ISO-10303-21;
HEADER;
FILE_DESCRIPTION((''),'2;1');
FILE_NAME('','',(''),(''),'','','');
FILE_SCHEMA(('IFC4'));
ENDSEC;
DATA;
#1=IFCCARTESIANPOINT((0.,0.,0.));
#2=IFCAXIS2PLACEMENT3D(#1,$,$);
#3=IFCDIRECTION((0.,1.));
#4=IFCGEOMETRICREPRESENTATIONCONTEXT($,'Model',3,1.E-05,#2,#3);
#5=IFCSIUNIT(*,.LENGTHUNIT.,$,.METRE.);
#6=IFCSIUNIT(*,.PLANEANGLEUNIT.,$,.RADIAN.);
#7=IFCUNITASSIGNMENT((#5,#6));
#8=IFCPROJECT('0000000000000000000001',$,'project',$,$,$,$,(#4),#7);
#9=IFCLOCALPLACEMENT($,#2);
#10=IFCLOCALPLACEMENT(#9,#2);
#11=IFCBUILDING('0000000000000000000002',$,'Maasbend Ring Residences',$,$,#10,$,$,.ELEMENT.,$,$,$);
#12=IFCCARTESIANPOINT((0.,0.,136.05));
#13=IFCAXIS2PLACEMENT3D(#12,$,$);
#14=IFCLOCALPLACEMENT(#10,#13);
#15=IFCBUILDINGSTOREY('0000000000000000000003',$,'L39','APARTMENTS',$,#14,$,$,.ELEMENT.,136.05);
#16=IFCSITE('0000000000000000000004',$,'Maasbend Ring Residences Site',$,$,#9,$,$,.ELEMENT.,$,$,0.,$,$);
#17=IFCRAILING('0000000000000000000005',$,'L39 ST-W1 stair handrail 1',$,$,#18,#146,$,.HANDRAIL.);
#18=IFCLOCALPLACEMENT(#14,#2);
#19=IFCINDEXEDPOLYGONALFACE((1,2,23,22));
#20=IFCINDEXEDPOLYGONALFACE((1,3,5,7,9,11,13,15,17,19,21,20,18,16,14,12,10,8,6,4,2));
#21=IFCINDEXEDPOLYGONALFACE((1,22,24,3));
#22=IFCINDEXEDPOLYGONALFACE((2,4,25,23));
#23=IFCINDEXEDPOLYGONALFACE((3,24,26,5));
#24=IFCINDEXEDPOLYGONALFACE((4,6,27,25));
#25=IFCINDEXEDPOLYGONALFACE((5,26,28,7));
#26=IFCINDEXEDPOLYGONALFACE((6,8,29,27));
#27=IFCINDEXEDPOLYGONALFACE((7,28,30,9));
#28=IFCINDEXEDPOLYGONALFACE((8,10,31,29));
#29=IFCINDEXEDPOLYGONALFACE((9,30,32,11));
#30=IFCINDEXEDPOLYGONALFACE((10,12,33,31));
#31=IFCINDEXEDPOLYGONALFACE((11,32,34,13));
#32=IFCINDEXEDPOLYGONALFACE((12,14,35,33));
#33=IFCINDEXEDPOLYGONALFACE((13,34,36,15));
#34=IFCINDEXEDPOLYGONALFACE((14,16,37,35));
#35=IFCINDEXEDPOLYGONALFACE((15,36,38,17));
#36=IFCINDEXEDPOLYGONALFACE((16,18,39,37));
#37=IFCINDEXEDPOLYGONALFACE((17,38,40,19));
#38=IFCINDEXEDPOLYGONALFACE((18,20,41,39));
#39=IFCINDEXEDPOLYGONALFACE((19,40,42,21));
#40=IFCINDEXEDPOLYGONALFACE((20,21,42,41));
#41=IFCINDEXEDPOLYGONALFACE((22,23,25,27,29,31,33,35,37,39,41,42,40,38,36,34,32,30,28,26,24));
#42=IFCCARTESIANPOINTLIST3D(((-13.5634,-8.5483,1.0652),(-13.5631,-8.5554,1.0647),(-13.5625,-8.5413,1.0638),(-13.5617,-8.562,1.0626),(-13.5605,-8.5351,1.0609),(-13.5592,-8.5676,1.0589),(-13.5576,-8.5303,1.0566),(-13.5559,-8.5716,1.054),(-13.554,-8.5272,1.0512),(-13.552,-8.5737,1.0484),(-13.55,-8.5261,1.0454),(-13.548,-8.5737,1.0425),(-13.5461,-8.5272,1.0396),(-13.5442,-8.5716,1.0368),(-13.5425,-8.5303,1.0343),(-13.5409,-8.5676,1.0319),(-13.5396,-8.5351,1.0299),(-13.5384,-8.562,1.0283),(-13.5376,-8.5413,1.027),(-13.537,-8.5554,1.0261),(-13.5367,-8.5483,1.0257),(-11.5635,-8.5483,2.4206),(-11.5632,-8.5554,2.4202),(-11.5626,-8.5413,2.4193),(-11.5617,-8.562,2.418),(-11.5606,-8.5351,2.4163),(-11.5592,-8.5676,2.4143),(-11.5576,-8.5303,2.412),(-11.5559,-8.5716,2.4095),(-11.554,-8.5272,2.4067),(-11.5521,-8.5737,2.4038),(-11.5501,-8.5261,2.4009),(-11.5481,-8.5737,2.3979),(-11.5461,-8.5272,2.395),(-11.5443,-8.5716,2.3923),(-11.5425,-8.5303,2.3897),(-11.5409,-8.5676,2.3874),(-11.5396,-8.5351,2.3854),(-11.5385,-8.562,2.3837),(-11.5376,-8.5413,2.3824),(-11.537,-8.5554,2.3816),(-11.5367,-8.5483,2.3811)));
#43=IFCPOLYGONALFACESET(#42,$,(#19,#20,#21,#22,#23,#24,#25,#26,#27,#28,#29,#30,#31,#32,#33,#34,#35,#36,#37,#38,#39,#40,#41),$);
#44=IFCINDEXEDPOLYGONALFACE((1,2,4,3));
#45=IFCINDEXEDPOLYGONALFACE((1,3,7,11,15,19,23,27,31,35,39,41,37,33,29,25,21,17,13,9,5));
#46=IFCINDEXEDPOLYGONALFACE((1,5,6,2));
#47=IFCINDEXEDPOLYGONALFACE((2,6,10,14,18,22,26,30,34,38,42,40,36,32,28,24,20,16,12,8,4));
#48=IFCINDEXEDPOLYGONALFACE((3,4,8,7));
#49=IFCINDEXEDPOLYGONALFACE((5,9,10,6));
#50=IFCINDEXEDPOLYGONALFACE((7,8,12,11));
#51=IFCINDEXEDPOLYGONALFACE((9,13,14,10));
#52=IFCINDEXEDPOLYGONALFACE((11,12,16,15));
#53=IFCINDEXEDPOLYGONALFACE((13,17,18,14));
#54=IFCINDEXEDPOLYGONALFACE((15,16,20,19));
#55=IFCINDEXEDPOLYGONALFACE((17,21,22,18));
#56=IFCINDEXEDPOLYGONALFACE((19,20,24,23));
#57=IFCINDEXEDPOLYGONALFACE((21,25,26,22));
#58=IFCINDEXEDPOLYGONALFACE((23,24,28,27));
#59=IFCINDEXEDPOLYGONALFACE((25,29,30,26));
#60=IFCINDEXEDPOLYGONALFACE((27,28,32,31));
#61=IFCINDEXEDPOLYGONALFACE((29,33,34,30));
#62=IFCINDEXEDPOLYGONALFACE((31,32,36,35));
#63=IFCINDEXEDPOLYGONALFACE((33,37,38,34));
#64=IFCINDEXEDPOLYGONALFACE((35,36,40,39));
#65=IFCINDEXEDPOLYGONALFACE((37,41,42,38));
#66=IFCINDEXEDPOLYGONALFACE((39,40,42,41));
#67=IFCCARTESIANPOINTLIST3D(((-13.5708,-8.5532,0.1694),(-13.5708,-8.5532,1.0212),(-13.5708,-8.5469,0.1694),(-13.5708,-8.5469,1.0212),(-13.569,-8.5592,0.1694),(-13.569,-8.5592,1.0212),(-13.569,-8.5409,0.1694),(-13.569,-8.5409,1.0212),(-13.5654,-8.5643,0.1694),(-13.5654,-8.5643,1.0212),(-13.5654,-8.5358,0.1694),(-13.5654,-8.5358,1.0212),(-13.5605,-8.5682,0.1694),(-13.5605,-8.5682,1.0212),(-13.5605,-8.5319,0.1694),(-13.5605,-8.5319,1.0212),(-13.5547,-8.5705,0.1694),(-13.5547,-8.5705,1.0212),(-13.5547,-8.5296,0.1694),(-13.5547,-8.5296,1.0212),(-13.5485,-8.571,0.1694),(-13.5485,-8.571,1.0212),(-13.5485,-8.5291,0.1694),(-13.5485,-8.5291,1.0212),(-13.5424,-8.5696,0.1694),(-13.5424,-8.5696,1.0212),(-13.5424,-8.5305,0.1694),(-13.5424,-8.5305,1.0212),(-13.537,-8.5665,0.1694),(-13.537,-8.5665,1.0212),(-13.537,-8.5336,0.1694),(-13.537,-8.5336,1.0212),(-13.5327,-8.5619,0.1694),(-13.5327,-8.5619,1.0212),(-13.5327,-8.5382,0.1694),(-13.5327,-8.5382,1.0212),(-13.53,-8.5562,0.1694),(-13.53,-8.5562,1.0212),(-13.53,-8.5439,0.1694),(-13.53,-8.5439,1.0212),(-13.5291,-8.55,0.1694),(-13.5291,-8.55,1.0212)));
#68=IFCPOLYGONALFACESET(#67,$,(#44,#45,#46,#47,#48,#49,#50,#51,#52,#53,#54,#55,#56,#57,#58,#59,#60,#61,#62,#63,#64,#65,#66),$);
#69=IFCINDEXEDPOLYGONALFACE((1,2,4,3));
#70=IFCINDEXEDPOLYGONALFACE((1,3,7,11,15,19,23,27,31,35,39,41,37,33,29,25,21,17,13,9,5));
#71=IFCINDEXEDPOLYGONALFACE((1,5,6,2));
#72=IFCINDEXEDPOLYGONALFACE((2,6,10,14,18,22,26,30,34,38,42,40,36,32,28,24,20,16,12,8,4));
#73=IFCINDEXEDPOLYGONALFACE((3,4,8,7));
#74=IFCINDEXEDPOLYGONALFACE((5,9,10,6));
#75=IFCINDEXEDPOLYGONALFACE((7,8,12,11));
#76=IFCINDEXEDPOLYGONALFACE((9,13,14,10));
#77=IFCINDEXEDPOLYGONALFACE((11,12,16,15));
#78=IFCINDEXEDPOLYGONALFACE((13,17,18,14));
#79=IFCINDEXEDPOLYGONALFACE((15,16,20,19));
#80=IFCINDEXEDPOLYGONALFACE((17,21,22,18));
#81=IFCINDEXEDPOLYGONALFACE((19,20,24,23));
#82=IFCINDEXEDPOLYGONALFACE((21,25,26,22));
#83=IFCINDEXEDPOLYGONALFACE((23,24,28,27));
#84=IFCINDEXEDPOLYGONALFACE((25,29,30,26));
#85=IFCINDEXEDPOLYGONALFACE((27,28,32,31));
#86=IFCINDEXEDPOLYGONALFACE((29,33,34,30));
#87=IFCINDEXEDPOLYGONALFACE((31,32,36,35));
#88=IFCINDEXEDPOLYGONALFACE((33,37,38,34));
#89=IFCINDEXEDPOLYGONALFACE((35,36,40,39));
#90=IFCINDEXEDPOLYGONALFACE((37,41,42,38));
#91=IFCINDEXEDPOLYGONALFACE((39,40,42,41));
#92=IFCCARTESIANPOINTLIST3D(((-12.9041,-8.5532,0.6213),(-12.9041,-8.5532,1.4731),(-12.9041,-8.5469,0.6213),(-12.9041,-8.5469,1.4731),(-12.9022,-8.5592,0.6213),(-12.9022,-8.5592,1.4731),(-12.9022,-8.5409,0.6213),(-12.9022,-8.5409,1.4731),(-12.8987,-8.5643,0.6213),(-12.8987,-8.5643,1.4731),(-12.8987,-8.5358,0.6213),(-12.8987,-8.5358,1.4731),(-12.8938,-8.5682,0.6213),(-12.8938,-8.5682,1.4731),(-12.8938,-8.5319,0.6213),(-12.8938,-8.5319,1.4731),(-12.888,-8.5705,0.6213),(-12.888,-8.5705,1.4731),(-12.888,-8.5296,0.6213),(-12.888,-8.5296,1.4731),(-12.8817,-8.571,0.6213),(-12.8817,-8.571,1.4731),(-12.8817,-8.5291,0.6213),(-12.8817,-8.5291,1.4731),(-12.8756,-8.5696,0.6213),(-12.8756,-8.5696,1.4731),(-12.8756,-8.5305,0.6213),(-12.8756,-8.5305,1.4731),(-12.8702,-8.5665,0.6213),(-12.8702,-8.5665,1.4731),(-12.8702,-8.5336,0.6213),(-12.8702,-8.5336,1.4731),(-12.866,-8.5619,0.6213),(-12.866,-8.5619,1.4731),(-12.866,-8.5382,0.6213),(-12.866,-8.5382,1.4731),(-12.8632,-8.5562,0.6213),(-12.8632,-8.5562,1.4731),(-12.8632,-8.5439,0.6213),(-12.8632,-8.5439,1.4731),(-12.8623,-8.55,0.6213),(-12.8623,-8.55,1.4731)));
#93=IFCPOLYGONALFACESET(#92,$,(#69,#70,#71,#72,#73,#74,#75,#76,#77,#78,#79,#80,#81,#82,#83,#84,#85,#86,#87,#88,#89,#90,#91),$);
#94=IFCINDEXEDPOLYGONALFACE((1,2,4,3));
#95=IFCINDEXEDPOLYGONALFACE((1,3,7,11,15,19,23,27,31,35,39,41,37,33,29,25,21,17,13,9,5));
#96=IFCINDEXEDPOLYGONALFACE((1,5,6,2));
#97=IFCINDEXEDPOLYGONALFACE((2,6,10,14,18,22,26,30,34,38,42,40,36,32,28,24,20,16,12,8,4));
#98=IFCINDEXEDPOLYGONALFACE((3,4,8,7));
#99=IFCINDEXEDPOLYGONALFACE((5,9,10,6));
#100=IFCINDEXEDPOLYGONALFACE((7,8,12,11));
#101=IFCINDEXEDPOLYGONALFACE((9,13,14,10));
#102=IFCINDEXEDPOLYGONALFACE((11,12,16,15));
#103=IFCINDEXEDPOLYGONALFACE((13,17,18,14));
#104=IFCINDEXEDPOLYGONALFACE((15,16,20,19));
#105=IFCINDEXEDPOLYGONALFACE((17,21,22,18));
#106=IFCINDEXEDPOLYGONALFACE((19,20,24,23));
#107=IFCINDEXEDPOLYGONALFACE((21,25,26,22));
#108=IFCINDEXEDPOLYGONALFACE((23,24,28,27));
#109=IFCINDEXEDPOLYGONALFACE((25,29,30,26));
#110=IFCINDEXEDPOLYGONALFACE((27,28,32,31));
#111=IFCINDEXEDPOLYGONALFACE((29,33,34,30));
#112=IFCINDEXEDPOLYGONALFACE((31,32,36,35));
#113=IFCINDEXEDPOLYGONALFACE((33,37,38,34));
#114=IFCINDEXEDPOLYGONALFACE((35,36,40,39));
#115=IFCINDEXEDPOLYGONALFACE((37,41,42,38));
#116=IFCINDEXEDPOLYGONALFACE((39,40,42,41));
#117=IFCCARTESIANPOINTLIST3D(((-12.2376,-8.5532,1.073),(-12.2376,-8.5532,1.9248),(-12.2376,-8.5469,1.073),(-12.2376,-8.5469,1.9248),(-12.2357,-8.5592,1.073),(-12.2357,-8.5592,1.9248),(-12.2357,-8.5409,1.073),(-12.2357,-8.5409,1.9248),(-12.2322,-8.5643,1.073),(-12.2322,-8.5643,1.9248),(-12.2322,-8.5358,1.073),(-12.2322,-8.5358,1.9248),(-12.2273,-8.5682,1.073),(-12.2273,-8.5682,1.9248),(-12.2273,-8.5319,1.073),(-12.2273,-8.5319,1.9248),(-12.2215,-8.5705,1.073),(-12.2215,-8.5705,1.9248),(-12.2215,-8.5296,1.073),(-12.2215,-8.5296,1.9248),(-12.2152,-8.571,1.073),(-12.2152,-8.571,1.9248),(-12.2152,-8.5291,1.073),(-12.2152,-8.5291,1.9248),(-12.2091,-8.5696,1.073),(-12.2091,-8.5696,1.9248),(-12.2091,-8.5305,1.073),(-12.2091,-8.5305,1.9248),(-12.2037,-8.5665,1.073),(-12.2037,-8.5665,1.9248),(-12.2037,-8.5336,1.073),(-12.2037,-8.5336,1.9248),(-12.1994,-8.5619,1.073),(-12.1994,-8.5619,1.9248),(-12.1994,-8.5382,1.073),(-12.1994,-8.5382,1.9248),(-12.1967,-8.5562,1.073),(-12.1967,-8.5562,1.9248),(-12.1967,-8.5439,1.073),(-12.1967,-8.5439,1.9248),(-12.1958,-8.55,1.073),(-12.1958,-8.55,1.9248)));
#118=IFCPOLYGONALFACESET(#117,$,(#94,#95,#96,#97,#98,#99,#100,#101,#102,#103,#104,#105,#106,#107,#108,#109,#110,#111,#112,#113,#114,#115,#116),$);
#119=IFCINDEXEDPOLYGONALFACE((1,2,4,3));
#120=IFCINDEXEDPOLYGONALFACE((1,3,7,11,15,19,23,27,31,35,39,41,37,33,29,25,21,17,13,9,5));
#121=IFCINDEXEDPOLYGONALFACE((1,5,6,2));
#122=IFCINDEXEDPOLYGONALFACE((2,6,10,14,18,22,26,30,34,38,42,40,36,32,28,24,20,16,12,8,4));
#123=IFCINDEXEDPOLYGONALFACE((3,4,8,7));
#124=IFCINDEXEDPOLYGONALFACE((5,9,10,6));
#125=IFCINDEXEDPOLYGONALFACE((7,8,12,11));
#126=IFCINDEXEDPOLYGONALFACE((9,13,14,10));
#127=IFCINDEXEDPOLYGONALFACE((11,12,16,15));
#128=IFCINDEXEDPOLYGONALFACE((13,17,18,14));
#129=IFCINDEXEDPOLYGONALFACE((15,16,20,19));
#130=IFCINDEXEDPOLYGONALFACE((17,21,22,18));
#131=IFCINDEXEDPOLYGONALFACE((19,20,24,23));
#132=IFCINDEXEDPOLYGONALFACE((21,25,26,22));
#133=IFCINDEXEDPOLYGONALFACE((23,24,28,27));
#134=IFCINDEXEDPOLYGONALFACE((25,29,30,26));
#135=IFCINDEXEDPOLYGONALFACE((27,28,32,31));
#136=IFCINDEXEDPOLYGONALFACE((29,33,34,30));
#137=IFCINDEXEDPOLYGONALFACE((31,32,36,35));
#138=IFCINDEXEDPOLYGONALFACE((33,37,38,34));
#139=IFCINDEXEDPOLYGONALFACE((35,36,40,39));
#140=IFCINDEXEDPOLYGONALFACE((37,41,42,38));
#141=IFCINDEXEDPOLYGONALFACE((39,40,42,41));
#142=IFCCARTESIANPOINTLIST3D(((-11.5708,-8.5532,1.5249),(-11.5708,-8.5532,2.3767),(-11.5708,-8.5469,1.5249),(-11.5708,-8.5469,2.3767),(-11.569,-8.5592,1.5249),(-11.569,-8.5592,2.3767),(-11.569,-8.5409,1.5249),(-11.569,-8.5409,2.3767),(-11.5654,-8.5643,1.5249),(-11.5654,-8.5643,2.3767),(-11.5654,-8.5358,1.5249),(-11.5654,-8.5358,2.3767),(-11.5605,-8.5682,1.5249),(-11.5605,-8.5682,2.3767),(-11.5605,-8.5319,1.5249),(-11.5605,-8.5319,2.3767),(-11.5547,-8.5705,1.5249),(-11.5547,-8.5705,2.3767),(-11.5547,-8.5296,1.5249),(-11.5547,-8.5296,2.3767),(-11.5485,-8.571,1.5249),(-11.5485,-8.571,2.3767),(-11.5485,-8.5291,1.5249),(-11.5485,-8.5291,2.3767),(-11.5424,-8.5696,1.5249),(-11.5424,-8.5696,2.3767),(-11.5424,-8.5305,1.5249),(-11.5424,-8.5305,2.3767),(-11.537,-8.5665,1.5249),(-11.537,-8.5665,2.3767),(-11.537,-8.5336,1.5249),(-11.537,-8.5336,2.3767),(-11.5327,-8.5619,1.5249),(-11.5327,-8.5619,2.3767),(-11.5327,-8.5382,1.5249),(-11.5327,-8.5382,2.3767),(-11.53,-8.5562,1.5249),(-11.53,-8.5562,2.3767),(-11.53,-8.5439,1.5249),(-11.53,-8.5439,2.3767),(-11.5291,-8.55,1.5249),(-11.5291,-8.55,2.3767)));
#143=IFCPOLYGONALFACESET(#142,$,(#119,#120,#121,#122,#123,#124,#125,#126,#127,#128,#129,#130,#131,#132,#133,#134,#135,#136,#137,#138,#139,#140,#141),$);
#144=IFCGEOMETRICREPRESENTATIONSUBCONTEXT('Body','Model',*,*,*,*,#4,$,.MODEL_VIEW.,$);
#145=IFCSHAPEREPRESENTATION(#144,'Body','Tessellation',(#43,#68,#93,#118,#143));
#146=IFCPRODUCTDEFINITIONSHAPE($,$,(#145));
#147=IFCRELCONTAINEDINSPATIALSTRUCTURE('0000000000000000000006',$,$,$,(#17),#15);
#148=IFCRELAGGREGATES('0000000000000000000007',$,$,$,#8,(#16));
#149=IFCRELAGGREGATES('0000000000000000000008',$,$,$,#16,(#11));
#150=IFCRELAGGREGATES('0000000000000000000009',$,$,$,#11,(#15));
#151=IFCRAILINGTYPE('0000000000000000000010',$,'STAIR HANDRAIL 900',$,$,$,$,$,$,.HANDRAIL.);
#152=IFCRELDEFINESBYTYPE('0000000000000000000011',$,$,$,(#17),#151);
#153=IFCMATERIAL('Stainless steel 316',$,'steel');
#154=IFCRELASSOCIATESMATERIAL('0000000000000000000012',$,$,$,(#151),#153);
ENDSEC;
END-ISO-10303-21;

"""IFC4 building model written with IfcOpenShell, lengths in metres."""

from ifc_helpers import new_model, si_unit, direction, frame, origin, origin_2d, place, context, subcontext, project, spatial, circle, extrude, material, type_object, element, save


model = new_model("IFC4")

# Units and contexts
model_context = context("Model", 3, precision=1e-05, world=origin(), true_north=direction((0.0, 1.0)))
body_context = subcontext(model_context, "Body", "Model", "MODEL_VIEW")
ifc_project = project(units=[si_unit("LENGTHUNIT", "METRE"), si_unit("PLANEANGLEUNIT", "RADIAN")], contexts=[model_context])

# Site, building, storey
site_placement = place(None, origin())
site = spatial("IfcSite", under=ifc_project, at=site_placement, Name="Maasbend Ring Residences Site", CompositionType="ELEMENT", RefElevation=0.0)
building_placement = place(site_placement, origin())
building = spatial("IfcBuilding", under=site, at=building_placement, Name="Maasbend Ring Residences", CompositionType="ELEMENT")
storey_placement = place(building_placement, frame((0.0, 0.0, 136.05)))
storey = spatial("IfcBuildingStorey", under=building, at=storey_placement, Name="L39", Description="APARTMENTS", CompositionType="ELEMENT", Elevation=136.05)

# Railing
ifc_material_1 = material(Name="Stainless steel 316", Category="steel")
railing_type_1 = type_object("IfcRailingType", Name="STAIR HANDRAIL 900", PredefinedType="HANDRAIL", material=ifc_material_1)
railing_1_placement = place(storey_placement, frame((-13.55, -8.55, 0.1694)))
element("IfcRailing", 1, at=railing_1_placement, inside=storey, type_object=railing_type_1, Name="L39 ST-W1 stair handrail 1", PredefinedType="HANDRAIL", context=body_context, shape_type="SweptSolid", body=[
    extrude(circle(Radius=0.0239, at=origin_2d()), frame((0.0, 0.0, 0.876), z_axis=(0.827798, 0.0, 0.561027), x_axis=(0.0, 1.0, 0.0)), (0.0, 0.0, 1.0), 2.416),
    extrude(circle(Radius=0.021, at=origin_2d()), origin(), (0.0, 0.0, 1.0), 0.8518),
    extrude(circle(Radius=0.021, at=origin_2d()), frame((0.6667, 0.0, 0.4519)), (0.0, 0.0, 1.0), 0.8518),
    extrude(circle(Radius=0.021, at=origin_2d()), frame((1.3333, 0.0, 0.9036)), (0.0, 0.0, 1.0), 0.8518),
    extrude(circle(Radius=0.021, at=origin_2d()), frame((2.0, 0.0, 1.3555)), (0.0, 0.0, 1.0), 0.8518),
])

save(model, "model.ifc")
